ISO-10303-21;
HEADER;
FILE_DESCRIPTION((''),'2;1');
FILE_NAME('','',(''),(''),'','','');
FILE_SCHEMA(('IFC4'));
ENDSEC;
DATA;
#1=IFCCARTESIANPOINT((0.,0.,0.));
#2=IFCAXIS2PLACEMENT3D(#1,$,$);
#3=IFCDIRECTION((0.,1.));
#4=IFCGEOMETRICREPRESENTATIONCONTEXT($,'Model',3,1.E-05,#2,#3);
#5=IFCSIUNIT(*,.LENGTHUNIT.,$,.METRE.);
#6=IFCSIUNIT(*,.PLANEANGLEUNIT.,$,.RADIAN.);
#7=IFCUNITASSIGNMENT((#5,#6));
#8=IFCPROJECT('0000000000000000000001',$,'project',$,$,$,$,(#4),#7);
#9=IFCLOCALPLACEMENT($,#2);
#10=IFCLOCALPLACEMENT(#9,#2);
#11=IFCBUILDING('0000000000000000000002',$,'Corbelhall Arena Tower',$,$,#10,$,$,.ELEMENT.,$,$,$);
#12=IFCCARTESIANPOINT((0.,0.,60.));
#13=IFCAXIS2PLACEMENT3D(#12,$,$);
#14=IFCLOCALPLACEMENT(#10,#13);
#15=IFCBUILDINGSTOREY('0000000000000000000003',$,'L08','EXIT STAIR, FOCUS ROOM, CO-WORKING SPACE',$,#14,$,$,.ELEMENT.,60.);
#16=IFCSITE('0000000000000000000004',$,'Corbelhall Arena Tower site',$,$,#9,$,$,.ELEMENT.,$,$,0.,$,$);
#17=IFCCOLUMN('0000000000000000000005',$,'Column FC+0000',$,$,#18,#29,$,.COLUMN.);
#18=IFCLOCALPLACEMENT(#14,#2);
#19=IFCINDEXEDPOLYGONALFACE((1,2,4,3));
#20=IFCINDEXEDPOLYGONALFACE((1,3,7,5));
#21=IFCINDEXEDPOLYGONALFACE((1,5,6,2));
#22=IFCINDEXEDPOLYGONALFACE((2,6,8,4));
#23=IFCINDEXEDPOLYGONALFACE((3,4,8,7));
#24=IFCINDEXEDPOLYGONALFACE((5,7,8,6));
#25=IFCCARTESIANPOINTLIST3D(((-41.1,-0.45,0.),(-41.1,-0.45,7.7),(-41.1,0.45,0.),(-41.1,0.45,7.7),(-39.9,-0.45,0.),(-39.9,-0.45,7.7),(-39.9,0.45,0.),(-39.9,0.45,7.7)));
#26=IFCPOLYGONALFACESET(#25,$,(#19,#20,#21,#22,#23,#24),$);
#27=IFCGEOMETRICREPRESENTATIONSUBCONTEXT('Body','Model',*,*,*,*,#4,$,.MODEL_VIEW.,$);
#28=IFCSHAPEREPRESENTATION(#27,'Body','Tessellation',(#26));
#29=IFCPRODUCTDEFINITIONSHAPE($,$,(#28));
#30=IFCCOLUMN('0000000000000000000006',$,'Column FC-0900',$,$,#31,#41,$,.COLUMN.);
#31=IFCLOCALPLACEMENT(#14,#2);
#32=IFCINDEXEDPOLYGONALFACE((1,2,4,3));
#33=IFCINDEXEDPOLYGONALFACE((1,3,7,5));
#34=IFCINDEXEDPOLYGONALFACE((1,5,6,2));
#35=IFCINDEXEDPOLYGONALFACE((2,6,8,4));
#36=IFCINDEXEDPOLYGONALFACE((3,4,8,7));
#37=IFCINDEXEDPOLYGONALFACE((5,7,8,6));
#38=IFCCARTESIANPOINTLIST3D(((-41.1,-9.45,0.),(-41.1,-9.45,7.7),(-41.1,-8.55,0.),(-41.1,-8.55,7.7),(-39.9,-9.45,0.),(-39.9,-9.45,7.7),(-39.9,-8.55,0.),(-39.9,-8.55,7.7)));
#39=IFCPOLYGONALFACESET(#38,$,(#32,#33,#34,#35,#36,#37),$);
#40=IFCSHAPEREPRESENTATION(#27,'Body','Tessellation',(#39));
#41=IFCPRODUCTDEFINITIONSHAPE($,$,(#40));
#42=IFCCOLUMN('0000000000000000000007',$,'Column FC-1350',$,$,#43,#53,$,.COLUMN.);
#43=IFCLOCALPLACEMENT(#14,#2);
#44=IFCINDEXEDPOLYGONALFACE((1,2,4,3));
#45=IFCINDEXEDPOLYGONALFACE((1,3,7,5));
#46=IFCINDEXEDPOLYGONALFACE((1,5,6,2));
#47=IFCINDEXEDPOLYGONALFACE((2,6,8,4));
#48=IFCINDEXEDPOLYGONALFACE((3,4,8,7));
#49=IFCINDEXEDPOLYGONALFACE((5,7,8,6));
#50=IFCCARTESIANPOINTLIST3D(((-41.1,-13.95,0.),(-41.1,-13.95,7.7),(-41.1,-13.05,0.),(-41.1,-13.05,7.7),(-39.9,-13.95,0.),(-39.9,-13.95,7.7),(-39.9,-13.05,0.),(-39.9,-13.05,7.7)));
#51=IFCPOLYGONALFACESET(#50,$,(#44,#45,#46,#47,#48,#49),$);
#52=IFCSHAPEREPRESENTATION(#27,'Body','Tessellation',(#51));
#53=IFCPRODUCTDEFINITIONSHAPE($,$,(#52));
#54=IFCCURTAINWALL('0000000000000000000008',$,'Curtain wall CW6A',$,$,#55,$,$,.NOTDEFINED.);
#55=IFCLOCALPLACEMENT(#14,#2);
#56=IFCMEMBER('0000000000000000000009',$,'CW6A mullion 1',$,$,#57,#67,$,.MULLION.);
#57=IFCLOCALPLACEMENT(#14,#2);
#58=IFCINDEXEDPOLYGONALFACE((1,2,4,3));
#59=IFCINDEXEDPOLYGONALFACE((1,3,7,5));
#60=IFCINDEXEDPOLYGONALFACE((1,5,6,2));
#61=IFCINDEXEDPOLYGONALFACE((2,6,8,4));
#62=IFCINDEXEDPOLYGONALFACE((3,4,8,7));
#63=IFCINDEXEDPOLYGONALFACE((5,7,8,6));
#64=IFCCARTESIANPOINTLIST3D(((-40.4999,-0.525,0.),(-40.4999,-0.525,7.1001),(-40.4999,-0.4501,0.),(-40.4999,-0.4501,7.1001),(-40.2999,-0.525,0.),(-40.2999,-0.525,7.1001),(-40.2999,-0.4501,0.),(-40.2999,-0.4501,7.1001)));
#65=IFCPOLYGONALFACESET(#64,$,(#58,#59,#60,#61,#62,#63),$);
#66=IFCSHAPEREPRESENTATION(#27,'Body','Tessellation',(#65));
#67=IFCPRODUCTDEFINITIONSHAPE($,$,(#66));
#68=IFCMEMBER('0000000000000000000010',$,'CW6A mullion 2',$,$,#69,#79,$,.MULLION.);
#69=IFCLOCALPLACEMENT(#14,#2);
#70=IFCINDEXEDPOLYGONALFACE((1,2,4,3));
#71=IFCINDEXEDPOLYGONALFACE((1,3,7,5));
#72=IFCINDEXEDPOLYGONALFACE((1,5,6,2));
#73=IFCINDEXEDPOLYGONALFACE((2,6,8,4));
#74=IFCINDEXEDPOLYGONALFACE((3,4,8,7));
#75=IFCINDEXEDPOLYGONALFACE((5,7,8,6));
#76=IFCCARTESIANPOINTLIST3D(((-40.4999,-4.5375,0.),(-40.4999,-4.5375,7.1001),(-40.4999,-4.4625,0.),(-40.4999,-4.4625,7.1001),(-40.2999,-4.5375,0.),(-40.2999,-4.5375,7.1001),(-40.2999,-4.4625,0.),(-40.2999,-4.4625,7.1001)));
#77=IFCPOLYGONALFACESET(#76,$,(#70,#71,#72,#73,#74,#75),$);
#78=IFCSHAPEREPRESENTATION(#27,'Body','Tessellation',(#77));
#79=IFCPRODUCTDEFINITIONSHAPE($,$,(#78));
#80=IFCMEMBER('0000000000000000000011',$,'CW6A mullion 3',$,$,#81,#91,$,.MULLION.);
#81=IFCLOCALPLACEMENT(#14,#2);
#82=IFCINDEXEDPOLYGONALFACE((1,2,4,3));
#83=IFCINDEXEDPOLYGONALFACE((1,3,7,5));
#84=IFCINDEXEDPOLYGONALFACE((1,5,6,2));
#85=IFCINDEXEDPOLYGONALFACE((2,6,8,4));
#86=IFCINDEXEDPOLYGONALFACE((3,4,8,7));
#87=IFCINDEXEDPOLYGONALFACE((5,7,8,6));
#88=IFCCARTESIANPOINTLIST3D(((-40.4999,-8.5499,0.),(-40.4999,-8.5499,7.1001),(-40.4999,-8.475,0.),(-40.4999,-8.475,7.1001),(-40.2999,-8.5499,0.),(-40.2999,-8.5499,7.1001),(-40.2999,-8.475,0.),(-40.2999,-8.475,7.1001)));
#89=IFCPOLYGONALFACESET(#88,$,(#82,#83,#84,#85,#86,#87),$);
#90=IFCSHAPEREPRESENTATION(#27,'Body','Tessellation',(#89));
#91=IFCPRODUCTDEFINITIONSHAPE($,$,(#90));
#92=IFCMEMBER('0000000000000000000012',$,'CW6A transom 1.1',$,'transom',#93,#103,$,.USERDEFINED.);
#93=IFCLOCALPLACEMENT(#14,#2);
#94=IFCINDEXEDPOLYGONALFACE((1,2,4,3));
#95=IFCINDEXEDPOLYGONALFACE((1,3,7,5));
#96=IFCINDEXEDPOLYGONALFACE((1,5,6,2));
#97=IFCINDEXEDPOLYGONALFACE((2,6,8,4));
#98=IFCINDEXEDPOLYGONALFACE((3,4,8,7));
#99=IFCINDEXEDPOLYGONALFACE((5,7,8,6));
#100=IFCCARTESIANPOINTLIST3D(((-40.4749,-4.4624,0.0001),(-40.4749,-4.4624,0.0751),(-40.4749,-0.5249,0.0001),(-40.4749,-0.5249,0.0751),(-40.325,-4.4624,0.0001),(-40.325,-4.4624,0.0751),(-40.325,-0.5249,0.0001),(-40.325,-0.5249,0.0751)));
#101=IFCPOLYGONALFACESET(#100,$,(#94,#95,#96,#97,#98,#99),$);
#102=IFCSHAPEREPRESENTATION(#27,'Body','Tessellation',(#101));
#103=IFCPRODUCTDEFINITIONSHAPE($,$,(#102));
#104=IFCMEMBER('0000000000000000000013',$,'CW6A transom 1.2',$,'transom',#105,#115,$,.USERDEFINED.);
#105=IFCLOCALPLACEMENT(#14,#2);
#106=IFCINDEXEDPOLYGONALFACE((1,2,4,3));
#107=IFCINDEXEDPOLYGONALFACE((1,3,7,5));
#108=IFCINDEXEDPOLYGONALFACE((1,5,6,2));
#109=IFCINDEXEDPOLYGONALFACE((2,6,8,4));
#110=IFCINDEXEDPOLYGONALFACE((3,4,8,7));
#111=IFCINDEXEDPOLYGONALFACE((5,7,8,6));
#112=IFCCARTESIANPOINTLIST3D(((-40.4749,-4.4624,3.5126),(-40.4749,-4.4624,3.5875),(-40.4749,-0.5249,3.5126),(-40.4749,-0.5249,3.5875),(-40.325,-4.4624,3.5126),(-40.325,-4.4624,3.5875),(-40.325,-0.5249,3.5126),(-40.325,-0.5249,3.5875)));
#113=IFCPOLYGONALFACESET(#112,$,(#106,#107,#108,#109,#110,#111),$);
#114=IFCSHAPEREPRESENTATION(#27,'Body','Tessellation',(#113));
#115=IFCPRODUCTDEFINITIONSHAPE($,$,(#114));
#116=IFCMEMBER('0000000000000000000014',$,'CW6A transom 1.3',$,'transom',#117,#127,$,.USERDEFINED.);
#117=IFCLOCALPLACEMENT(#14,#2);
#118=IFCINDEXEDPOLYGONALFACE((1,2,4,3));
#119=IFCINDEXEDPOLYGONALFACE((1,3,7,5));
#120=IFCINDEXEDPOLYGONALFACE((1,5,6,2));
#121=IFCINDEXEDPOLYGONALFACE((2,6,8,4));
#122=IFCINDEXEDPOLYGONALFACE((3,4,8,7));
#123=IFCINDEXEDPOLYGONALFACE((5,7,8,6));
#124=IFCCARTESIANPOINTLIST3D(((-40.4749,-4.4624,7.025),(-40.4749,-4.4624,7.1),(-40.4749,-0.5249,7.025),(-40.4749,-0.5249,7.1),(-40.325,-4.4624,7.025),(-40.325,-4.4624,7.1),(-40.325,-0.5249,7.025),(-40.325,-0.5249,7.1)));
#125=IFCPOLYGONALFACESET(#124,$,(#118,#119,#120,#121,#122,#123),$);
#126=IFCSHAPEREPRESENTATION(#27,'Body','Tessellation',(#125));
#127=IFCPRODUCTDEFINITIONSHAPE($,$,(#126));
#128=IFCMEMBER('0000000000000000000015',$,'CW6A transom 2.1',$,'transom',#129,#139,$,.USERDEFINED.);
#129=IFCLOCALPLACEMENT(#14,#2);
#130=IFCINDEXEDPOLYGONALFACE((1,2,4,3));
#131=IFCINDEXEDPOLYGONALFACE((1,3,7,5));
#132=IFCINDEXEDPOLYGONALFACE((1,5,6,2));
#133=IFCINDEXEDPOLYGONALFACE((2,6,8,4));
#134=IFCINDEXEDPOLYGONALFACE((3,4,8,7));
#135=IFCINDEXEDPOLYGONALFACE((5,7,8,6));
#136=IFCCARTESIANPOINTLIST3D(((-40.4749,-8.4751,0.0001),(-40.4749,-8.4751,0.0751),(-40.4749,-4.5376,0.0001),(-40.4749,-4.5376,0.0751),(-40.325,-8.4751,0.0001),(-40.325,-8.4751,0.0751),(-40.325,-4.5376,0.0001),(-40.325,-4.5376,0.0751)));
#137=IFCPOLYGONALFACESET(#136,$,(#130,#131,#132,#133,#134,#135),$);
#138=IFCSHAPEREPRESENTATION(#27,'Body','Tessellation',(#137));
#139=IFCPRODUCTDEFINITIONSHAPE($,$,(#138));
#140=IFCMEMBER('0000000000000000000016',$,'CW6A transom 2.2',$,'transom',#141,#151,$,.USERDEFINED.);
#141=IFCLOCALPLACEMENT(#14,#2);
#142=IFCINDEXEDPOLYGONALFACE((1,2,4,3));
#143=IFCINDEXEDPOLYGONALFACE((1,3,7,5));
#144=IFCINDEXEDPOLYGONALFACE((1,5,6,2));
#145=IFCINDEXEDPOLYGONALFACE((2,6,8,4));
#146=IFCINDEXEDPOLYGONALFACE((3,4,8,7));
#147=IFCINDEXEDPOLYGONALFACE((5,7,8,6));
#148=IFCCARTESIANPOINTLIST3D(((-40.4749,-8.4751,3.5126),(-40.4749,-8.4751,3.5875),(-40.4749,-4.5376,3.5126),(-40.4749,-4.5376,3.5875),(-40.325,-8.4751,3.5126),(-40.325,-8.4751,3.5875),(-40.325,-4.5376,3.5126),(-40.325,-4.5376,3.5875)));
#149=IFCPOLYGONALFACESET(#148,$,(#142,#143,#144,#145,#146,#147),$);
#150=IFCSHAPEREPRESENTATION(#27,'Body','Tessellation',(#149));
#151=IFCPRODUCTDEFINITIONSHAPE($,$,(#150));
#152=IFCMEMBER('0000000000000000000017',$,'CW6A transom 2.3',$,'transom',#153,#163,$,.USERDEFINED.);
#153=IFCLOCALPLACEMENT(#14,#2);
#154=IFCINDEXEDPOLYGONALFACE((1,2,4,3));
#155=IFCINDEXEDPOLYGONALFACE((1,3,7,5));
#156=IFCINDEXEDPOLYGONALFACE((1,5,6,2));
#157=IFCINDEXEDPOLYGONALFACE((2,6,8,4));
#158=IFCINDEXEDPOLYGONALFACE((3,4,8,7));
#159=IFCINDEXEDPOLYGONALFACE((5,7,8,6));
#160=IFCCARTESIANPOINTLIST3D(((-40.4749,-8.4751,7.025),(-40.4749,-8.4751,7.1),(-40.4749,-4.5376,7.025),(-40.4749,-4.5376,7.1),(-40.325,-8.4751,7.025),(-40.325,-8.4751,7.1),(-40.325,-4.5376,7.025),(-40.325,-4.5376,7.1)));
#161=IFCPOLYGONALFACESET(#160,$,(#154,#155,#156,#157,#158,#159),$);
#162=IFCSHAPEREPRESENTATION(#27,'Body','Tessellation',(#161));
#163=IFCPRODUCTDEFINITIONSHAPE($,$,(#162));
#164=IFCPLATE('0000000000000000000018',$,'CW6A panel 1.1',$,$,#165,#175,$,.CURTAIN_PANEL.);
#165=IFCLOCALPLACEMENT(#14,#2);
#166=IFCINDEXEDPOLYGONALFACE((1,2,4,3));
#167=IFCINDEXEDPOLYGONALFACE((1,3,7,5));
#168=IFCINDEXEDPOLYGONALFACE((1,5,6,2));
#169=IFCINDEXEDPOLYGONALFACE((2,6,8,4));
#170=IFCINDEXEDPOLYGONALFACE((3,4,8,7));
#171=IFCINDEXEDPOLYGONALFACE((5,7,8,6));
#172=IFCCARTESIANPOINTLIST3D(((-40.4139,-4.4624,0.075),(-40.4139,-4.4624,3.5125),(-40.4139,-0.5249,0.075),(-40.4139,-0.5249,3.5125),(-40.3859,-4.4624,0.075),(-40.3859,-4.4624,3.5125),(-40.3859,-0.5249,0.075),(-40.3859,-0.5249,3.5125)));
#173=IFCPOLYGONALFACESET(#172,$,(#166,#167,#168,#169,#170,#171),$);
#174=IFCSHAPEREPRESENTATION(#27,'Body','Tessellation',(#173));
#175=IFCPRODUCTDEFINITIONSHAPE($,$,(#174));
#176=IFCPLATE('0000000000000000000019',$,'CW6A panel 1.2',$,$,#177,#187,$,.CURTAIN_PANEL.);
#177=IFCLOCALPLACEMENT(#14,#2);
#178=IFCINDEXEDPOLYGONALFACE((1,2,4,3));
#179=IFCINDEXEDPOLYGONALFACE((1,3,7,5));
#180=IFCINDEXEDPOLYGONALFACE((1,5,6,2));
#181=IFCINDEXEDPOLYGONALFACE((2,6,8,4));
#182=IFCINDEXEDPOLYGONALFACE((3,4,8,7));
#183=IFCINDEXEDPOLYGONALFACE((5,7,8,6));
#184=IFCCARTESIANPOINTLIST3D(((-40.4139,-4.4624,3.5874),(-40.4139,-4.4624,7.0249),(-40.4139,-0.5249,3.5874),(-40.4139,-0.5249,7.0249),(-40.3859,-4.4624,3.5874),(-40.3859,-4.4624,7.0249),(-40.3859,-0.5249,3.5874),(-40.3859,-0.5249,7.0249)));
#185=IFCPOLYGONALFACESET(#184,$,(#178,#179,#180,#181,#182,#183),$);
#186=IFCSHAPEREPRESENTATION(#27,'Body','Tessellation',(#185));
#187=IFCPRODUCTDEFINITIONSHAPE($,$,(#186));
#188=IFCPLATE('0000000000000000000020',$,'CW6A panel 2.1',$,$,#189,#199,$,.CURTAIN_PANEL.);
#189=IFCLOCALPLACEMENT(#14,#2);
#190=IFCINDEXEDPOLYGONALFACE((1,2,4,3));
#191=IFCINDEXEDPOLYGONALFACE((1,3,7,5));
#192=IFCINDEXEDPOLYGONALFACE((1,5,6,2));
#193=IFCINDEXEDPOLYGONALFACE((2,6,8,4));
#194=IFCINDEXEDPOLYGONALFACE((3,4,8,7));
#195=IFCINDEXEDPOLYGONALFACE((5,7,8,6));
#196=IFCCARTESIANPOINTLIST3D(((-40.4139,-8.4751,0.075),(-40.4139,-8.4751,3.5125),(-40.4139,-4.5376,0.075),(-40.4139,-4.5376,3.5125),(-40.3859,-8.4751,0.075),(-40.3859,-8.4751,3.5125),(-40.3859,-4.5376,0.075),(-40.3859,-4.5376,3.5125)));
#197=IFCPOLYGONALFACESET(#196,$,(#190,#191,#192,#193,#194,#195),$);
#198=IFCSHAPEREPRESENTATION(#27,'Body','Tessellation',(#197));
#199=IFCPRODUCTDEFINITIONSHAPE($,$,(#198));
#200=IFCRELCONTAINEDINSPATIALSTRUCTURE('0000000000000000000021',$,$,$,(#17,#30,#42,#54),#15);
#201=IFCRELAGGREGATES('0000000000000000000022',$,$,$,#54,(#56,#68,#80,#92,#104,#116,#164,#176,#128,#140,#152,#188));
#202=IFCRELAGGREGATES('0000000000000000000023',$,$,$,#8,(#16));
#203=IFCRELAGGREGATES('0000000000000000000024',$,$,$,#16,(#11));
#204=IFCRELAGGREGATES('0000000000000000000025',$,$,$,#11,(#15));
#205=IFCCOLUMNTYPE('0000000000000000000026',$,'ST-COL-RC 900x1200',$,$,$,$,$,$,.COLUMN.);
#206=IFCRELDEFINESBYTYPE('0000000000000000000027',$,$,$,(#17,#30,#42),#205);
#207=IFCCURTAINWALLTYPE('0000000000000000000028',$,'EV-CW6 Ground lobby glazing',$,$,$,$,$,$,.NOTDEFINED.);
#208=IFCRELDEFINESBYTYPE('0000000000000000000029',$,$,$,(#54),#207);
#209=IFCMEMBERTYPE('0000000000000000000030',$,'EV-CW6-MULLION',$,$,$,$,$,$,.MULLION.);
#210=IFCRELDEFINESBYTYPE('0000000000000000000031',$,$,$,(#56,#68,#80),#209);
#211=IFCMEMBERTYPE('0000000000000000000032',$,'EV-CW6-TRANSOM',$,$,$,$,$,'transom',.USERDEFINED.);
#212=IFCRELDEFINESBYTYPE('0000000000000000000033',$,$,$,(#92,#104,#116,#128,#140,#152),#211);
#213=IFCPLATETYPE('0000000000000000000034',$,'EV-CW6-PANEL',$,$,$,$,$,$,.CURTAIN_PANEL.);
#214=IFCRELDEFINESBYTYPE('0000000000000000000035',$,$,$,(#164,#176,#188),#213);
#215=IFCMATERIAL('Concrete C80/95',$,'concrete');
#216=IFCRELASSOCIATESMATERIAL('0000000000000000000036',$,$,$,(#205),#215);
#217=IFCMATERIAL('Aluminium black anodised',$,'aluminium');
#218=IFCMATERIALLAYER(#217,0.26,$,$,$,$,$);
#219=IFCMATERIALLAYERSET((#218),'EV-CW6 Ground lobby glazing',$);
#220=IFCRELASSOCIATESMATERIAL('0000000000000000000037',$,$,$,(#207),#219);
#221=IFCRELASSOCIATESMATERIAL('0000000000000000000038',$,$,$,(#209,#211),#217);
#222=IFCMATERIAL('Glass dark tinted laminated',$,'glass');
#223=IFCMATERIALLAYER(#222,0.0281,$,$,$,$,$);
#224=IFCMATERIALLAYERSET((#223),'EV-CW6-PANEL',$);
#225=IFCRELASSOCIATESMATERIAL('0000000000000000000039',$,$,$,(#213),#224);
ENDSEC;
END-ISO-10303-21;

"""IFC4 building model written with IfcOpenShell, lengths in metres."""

from ifc_helpers import new_model, si_unit, direction, frame, origin, origin_2d, place, context, subcontext, project, spatial, rectangle, extrude, material, layer, layer_set, material_profile, profile_set, type_object, element, aggregate, save


model = new_model("IFC4")

# Units and contexts
model_context = context("Model", 3, precision=1e-05, world=origin(), true_north=direction((0.0, 1.0)))
body_context = subcontext(model_context, "Body", "Model", "MODEL_VIEW")
ifc_project = project(units=[si_unit("LENGTHUNIT", "METRE"), si_unit("PLANEANGLEUNIT", "RADIAN")], contexts=[model_context])

# Site, building, storey
site_placement = place(None, origin())
site = spatial("IfcSite", under=ifc_project, at=site_placement, Name="Corbelhall Arena Tower site", CompositionType="ELEMENT", RefElevation=0.0)
building_placement = place(site_placement, origin())
building = spatial("IfcBuilding", under=site, at=building_placement, Name="Corbelhall Arena Tower", CompositionType="ELEMENT")
storey_placement = place(building_placement, frame((0.0, 0.0, 60.0)))
storey = spatial("IfcBuildingStorey", under=building, at=storey_placement, Name="L08", Description="EXIT STAIR, FOCUS ROOM, CO-WORKING SPACE", CompositionType="ELEMENT", Elevation=60.0)

# Columns
ifc_material_1 = material(Name="Concrete C80/95", Category="concrete")
ifc_material_profile_1 = material_profile(ifc_material_1, rectangle(XDim=0.8999, YDim=1.2, at=origin_2d()))
ifc_profile_set_1 = profile_set([ifc_material_profile_1], Name="Concrete C80/95")
column_type = type_object("IfcColumnType", Name="ST-COL-RC 900x1200", PredefinedType="COLUMN", material=ifc_profile_set_1)
for number, where, z_axis, x_axis, name in (
    (1, (-40.5, 0.0, 0.0), (0.0, 0.0, 1.0), (0.0, 1.0, 0.0), "Column FC+0000"),
    (2, (-40.5, -9.0, 0.0), (0.0, 0.0, 1.0), (0.0, 1.0, 0.0), "Column FC-0900"),
    (3, (-40.5, -13.5, 0.0), (0.0, 0.0, 1.0), (0.0, 1.0, 0.0), "Column FC-1350"),
):
    element("IfcColumn", number, at=place(storey_placement, frame(where, z_axis=z_axis, x_axis=x_axis)), inside=storey, type_object=column_type, Name=name, PredefinedType="COLUMN", context=body_context, shape_type="SweptSolid", body=[
        extrude(rectangle(XDim=0.8999, YDim=1.2, at=origin_2d()), origin(), (0.0, 0.0, 1.0), 7.7),
    ])

# Curtain wall, members, plates
ifc_material_2 = material(Name="Aluminium black anodised", Category="aluminium")
ifc_layer_1 = layer(ifc_material_2, 0.26)
ifc_layer_set_1 = layer_set([ifc_layer_1], Name="EV-CW6 Ground lobby glazing")
curtain_wall_type = type_object("IfcCurtainWallType", Name="EV-CW6 Ground lobby glazing", PredefinedType="NOTDEFINED", material=ifc_layer_set_1)
curtain_wall_placement = place(storey_placement, origin())
curtain_wall = element("IfcCurtainWall", 4, at=curtain_wall_placement, inside=storey, type_object=curtain_wall_type, Name="Curtain wall CW6A", PredefinedType="NOTDEFINED")
ifc_material_profile_2 = material_profile(ifc_material_2, rectangle(XDim=0.2, YDim=0.075, at=origin_2d()))
ifc_profile_set_2 = profile_set([ifc_material_profile_2], Name="Aluminium black anodised")
member_type_1 = type_object("IfcMemberType", Name="EV-CW6-MULLION", PredefinedType="MULLION", material=ifc_profile_set_2)
member_1_placement = place(storey_placement, frame((-40.3999, -0.4875, 0.0), z_axis=(0.0, 0.0, 1.0), x_axis=(1.0, 0.0, 0.0)))
member_1 = element("IfcMember", 5, at=member_1_placement, type_object=member_type_1, Name="CW6A mullion 1", PredefinedType="MULLION", context=body_context, shape_type="SweptSolid", body=[
    extrude(rectangle(XDim=0.2, YDim=0.075, at=origin_2d()), origin(), (0.0, 0.0, 1.0), 7.1001),
])
member_2_placement = place(storey_placement, frame((-40.3999, -4.5, 0.0), z_axis=(0.0, 0.0, 1.0), x_axis=(1.0, 0.0, 0.0)))
member_2 = element("IfcMember", 6, at=member_2_placement, type_object=member_type_1, Name="CW6A mullion 2", PredefinedType="MULLION", context=body_context, shape_type="SweptSolid", body=[
    extrude(rectangle(XDim=0.2, YDim=0.075, at=origin_2d()), origin(), (0.0, 0.0, 1.0), 7.1001),
])
member_3_placement = place(storey_placement, frame((-40.3999, -8.5125, 0.0), z_axis=(0.0, 0.0, 1.0), x_axis=(1.0, 0.0, 0.0)))
member_3 = element("IfcMember", 7, at=member_3_placement, type_object=member_type_1, Name="CW6A mullion 3", PredefinedType="MULLION", context=body_context, shape_type="SweptSolid", body=[
    extrude(rectangle(XDim=0.2, YDim=0.075, at=origin_2d()), origin(), (0.0, 0.0, 1.0), 7.1001),
])
ifc_material_profile_3 = material_profile(ifc_material_2, rectangle(XDim=0.1499, YDim=0.075, at=origin_2d()))
ifc_profile_set_3 = profile_set([ifc_material_profile_3], Name="Aluminium black anodised")
member_type_2 = type_object("IfcMemberType", Name="EV-CW6-TRANSOM", ElementType="transom", PredefinedType="USERDEFINED", material=ifc_profile_set_3)
member_4_placement = place(storey_placement, frame((-40.3999, -0.5249, 0.0376), z_axis=(0.0, -1.0, 0.0), x_axis=(1.0, 0.0, 0.0)))
member_4 = element("IfcMember", 8, at=member_4_placement, type_object=member_type_2, Name="CW6A transom 1.1", ObjectType="transom", PredefinedType="USERDEFINED", context=body_context, shape_type="SweptSolid", body=[
    extrude(rectangle(XDim=0.1499, YDim=0.075, at=origin_2d()), origin(), (0.0, 0.0, 1.0), 3.9375),
])
member_5_placement = place(storey_placement, frame((-40.3999, -0.5249, 3.55), z_axis=(0.0, -1.0, 0.0), x_axis=(1.0, 0.0, 0.0)))
member_5 = element("IfcMember", 9, at=member_5_placement, type_object=member_type_2, Name="CW6A transom 1.2", ObjectType="transom", PredefinedType="USERDEFINED", context=body_context, shape_type="SweptSolid", body=[
    extrude(rectangle(XDim=0.1499, YDim=0.075, at=origin_2d()), origin(), (0.0, 0.0, 1.0), 3.9375),
])
member_6_placement = place(storey_placement, frame((-40.3999, -0.5249, 7.0625), z_axis=(0.0, -1.0, 0.0), x_axis=(1.0, 0.0, 0.0)))
member_6 = element("IfcMember", 10, at=member_6_placement, type_object=member_type_2, Name="CW6A transom 1.3", ObjectType="transom", PredefinedType="USERDEFINED", context=body_context, shape_type="SweptSolid", body=[
    extrude(rectangle(XDim=0.1499, YDim=0.075, at=origin_2d()), origin(), (0.0, 0.0, 1.0), 3.9375),
])
member_7_placement = place(storey_placement, frame((-40.3999, -4.5376, 0.0376), z_axis=(0.0, -1.0, 0.0), x_axis=(1.0, 0.0, 0.0)))
member_7 = element("IfcMember", 11, at=member_7_placement, type_object=member_type_2, Name="CW6A transom 2.1", ObjectType="transom", PredefinedType="USERDEFINED", context=body_context, shape_type="SweptSolid", body=[
    extrude(rectangle(XDim=0.1499, YDim=0.075, at=origin_2d()), origin(), (0.0, 0.0, 1.0), 3.9375),
])
member_8_placement = place(storey_placement, frame((-40.3999, -4.5376, 3.55), z_axis=(0.0, -1.0, 0.0), x_axis=(1.0, 0.0, 0.0)))
member_8 = element("IfcMember", 12, at=member_8_placement, type_object=member_type_2, Name="CW6A transom 2.2", ObjectType="transom", PredefinedType="USERDEFINED", context=body_context, shape_type="SweptSolid", body=[
    extrude(rectangle(XDim=0.1499, YDim=0.075, at=origin_2d()), origin(), (0.0, 0.0, 1.0), 3.9375),
])
member_9_placement = place(storey_placement, frame((-40.3999, -4.5376, 7.0625), z_axis=(0.0, -1.0, 0.0), x_axis=(1.0, 0.0, 0.0)))
member_9 = element("IfcMember", 13, at=member_9_placement, type_object=member_type_2, Name="CW6A transom 2.3", ObjectType="transom", PredefinedType="USERDEFINED", context=body_context, shape_type="SweptSolid", body=[
    extrude(rectangle(XDim=0.1499, YDim=0.075, at=origin_2d()), origin(), (0.0, 0.0, 1.0), 3.9375),
])
ifc_material_3 = material(Name="Glass dark tinted laminated", Category="glass")
ifc_layer_2 = layer(ifc_material_3, 0.0281)
ifc_layer_set_2 = layer_set([ifc_layer_2], Name="EV-CW6-PANEL")
plate_type = type_object("IfcPlateType", Name="EV-CW6-PANEL", PredefinedType="CURTAIN_PANEL", material=ifc_layer_set_2)
plate_1_placement = place(storey_placement, frame((-40.3999, -2.4937, 0.075), z_axis=(0.0, 0.0, 1.0), x_axis=(0.0, -1.0, 0.0)))
plate_1 = element("IfcPlate", 14, at=plate_1_placement, type_object=plate_type, Name="CW6A panel 1.1", PredefinedType="CURTAIN_PANEL", context=body_context, shape_type="SweptSolid", body=[
    extrude(rectangle(XDim=3.9375, YDim=0.0281, at=origin_2d()), origin(), (0.0, 0.0, 1.0), 3.4375),
])
plate_2_placement = place(storey_placement, frame((-40.3999, -2.4937, 3.5874), z_axis=(0.0, 0.0, 1.0), x_axis=(0.0, -1.0, 0.0)))
plate_2 = element("IfcPlate", 15, at=plate_2_placement, type_object=plate_type, Name="CW6A panel 1.2", PredefinedType="CURTAIN_PANEL", context=body_context, shape_type="SweptSolid", body=[
    extrude(rectangle(XDim=3.9375, YDim=0.0281, at=origin_2d()), origin(), (0.0, 0.0, 1.0), 3.4375),
])
plate_3_placement = place(storey_placement, frame((-40.3999, -6.5063, 0.075), z_axis=(0.0, 0.0, 1.0), x_axis=(0.0, -1.0, 0.0)))
plate_3 = element("IfcPlate", 16, at=plate_3_placement, type_object=plate_type, Name="CW6A panel 2.1", PredefinedType="CURTAIN_PANEL", context=body_context, shape_type="SweptSolid", body=[
    extrude(rectangle(XDim=3.9375, YDim=0.0281, at=origin_2d()), origin(), (0.0, 0.0, 1.0), 3.4375),
])
aggregate(curtain_wall, [member_1, member_2, member_3, member_4, member_5, member_6, plate_1, plate_2, member_7, member_8, member_9, plate_3])

save(model, "model.ifc")
